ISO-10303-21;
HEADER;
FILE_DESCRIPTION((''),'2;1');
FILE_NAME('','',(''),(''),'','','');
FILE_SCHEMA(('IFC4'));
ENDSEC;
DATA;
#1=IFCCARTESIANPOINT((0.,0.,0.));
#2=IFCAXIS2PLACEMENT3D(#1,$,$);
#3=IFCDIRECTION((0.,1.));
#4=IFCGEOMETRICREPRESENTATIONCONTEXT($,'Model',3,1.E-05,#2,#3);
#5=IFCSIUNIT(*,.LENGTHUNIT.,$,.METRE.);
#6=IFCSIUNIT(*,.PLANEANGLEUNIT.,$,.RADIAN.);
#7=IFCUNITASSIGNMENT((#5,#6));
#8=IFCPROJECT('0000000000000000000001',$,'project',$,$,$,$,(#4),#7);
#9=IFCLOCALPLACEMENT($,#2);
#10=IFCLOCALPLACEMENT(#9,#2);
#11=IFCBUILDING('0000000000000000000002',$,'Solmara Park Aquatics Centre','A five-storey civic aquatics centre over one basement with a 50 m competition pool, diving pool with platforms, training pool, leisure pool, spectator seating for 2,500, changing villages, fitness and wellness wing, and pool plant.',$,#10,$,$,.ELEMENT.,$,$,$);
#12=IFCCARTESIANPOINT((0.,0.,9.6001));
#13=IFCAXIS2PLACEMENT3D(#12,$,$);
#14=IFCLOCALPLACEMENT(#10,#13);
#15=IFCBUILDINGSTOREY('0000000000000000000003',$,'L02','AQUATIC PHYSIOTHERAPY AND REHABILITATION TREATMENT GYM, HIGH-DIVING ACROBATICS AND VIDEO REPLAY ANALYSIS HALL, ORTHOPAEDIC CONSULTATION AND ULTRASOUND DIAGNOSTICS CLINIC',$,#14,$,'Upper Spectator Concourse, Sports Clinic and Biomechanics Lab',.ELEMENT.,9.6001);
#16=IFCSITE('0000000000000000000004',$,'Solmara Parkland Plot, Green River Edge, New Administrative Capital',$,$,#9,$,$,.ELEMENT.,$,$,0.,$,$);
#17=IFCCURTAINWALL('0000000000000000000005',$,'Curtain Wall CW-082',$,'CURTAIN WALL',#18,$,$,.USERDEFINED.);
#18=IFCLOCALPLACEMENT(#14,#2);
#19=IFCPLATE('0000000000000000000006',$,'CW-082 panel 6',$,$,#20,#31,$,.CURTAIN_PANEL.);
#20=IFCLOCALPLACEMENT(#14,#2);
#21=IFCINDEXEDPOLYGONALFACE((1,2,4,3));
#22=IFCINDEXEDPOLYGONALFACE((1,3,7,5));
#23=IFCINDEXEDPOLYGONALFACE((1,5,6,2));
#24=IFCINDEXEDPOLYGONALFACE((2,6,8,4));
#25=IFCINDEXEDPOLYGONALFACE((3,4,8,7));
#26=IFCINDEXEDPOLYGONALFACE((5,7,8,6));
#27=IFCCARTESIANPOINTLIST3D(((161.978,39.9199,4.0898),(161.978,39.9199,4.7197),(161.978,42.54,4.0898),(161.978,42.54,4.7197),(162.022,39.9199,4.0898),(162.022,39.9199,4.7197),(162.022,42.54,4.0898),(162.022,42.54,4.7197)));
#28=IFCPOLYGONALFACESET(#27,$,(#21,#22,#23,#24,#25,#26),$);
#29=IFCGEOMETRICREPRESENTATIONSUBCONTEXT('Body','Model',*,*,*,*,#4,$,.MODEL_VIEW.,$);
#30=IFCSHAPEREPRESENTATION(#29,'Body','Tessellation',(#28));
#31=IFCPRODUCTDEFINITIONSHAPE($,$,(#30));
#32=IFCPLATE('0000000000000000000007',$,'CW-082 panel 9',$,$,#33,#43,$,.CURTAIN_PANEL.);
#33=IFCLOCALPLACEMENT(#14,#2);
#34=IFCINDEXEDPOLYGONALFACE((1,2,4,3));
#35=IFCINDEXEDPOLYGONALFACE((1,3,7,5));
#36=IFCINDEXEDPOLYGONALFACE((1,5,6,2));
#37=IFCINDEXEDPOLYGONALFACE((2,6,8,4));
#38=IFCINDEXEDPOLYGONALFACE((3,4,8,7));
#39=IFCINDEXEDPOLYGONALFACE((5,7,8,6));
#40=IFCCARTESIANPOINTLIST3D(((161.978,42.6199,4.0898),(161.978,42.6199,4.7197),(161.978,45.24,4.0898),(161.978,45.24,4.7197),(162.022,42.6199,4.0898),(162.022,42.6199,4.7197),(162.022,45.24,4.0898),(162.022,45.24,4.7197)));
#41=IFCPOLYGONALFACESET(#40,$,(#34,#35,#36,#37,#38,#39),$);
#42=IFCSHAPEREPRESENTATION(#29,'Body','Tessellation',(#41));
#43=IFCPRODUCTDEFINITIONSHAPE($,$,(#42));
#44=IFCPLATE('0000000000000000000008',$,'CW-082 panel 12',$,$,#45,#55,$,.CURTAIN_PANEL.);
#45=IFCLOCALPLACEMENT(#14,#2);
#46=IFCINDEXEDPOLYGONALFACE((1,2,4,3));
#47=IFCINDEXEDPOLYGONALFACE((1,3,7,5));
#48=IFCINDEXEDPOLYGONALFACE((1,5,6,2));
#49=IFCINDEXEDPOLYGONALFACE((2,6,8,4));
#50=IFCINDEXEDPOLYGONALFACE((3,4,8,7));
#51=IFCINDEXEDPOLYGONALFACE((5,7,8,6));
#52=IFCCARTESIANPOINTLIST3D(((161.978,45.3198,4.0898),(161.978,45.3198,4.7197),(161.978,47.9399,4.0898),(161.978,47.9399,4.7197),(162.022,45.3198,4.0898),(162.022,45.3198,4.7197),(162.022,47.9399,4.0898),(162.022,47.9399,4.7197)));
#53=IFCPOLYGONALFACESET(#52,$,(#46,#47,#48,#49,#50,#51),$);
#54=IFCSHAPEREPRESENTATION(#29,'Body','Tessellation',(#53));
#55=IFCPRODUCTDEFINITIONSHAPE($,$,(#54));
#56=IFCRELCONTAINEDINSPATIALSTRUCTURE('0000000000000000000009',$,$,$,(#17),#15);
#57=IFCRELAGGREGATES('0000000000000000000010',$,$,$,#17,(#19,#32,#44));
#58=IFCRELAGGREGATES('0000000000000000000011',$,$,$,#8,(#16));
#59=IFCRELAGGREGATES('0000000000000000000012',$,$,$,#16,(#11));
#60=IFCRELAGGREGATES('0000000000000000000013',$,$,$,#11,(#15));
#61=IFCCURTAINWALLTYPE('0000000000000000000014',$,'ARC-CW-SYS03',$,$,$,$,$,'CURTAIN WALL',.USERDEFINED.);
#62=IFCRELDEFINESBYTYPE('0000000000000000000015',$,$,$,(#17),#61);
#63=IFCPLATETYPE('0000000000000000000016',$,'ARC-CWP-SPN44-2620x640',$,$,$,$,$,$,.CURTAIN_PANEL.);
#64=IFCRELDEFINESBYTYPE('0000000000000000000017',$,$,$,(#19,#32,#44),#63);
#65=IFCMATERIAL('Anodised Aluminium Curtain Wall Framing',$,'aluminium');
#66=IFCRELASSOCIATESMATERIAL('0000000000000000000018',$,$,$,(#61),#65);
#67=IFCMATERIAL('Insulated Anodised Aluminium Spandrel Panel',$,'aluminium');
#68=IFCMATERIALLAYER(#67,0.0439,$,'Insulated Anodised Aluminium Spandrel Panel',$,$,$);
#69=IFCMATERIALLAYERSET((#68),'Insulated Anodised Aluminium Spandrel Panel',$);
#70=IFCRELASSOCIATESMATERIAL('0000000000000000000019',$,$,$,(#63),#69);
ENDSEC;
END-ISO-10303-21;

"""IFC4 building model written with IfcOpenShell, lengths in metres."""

from ifc_helpers import new_model, si_unit, direction, frame, origin, origin_2d, place, context, subcontext, project, spatial, rectangle, extrude, material, layer, layer_set, type_object, element, aggregate, save


model = new_model("IFC4")

# Units and contexts
model_context = context("Model", 3, precision=1e-05, world=origin(), true_north=direction((0.0, 1.0)))
body_context = subcontext(model_context, "Body", "Model", "MODEL_VIEW")
ifc_project = project(units=[si_unit("LENGTHUNIT", "METRE"), si_unit("PLANEANGLEUNIT", "RADIAN")], contexts=[model_context])

# Site, building, storey
site_placement = place(None, origin())
site = spatial("IfcSite", under=ifc_project, at=site_placement, Name="Solmara Parkland Plot, Green River Edge, New Administrative Capital", CompositionType="ELEMENT", RefElevation=0.0)
building_placement = place(site_placement, origin())
building = spatial("IfcBuilding", under=site, at=building_placement, Name="Solmara Park Aquatics Centre", Description="A five-storey civic aquatics centre over one basement with a 50 m competition pool, diving pool with platforms, training pool, leisure pool, spectator seating for 2,500, changing villages, fitness and wellness wing, and pool plant.", CompositionType="ELEMENT")
storey_placement = place(building_placement, frame((0.0, 0.0, 9.6001)))
storey = spatial("IfcBuildingStorey", under=building, at=storey_placement, Name="L02", Description="AQUATIC PHYSIOTHERAPY AND REHABILITATION TREATMENT GYM, HIGH-DIVING ACROBATICS AND VIDEO REPLAY ANALYSIS HALL, ORTHOPAEDIC CONSULTATION AND ULTRASOUND DIAGNOSTICS CLINIC", LongName="Upper Spectator Concourse, Sports Clinic and Biomechanics Lab", CompositionType="ELEMENT", Elevation=9.6001)

# Curtain wall, plates
ifc_material_1 = material(Name="Anodised Aluminium Curtain Wall Framing", Category="aluminium")
curtain_wall_type = type_object("IfcCurtainWallType", Name="ARC-CW-SYS03", ElementType="CURTAIN WALL", PredefinedType="USERDEFINED", material=ifc_material_1)
curtain_wall_placement = place(storey_placement, origin())
curtain_wall = element("IfcCurtainWall", 1, at=curtain_wall_placement, inside=storey, type_object=curtain_wall_type, Name="Curtain Wall CW-082", ObjectType="CURTAIN WALL", PredefinedType="USERDEFINED")
ifc_material_2 = material(Name="Insulated Anodised Aluminium Spandrel Panel", Category="aluminium")
ifc_layer_1 = layer(ifc_material_2, 0.0439, Name="Insulated Anodised Aluminium Spandrel Panel")
ifc_layer_set_1 = layer_set([ifc_layer_1], Name="Insulated Anodised Aluminium Spandrel Panel")
plate_type_1 = type_object("IfcPlateType", Name="ARC-CWP-SPN44-2620x640", PredefinedType="CURTAIN_PANEL", material=ifc_layer_set_1)
plate_1_placement = place(storey_placement, frame((162.0, 41.23, 4.0898), z_axis=(0.0, 0.0, 1.0), x_axis=(0.0, 1.0, 0.0)))
plate_1 = element("IfcPlate", 2, at=plate_1_placement, type_object=plate_type_1, Name="CW-082 panel 6", PredefinedType="CURTAIN_PANEL", context=body_context, shape_type="SweptSolid", body=[
    extrude(rectangle(XDim=2.6201, YDim=0.0439, at=origin_2d()), origin(), (0.0, 0.0, 1.0), 0.6299),
])
plate_2_placement = place(storey_placement, frame((162.0, 43.9299, 4.0898), z_axis=(0.0, 0.0, 1.0), x_axis=(0.0, 1.0, 0.0)))
plate_2 = element("IfcPlate", 3, at=plate_2_placement, type_object=plate_type_1, Name="CW-082 panel 9", PredefinedType="CURTAIN_PANEL", context=body_context, shape_type="SweptSolid", body=[
    extrude(rectangle(XDim=2.6201, YDim=0.0439, at=origin_2d()), origin(), (0.0, 0.0, 1.0), 0.6299),
])
plate_3_placement = place(storey_placement, frame((162.0, 46.6299, 4.0898), z_axis=(0.0, 0.0, 1.0), x_axis=(0.0, 1.0, 0.0)))
plate_3 = element("IfcPlate", 4, at=plate_3_placement, type_object=plate_type_1, Name="CW-082 panel 12", PredefinedType="CURTAIN_PANEL", context=body_context, shape_type="SweptSolid", body=[
    extrude(rectangle(XDim=2.6201, YDim=0.0439, at=origin_2d()), origin(), (0.0, 0.0, 1.0), 0.6299),
])
aggregate(curtain_wall, [plate_1, plate_2, plate_3])

save(model, "model.ifc")
